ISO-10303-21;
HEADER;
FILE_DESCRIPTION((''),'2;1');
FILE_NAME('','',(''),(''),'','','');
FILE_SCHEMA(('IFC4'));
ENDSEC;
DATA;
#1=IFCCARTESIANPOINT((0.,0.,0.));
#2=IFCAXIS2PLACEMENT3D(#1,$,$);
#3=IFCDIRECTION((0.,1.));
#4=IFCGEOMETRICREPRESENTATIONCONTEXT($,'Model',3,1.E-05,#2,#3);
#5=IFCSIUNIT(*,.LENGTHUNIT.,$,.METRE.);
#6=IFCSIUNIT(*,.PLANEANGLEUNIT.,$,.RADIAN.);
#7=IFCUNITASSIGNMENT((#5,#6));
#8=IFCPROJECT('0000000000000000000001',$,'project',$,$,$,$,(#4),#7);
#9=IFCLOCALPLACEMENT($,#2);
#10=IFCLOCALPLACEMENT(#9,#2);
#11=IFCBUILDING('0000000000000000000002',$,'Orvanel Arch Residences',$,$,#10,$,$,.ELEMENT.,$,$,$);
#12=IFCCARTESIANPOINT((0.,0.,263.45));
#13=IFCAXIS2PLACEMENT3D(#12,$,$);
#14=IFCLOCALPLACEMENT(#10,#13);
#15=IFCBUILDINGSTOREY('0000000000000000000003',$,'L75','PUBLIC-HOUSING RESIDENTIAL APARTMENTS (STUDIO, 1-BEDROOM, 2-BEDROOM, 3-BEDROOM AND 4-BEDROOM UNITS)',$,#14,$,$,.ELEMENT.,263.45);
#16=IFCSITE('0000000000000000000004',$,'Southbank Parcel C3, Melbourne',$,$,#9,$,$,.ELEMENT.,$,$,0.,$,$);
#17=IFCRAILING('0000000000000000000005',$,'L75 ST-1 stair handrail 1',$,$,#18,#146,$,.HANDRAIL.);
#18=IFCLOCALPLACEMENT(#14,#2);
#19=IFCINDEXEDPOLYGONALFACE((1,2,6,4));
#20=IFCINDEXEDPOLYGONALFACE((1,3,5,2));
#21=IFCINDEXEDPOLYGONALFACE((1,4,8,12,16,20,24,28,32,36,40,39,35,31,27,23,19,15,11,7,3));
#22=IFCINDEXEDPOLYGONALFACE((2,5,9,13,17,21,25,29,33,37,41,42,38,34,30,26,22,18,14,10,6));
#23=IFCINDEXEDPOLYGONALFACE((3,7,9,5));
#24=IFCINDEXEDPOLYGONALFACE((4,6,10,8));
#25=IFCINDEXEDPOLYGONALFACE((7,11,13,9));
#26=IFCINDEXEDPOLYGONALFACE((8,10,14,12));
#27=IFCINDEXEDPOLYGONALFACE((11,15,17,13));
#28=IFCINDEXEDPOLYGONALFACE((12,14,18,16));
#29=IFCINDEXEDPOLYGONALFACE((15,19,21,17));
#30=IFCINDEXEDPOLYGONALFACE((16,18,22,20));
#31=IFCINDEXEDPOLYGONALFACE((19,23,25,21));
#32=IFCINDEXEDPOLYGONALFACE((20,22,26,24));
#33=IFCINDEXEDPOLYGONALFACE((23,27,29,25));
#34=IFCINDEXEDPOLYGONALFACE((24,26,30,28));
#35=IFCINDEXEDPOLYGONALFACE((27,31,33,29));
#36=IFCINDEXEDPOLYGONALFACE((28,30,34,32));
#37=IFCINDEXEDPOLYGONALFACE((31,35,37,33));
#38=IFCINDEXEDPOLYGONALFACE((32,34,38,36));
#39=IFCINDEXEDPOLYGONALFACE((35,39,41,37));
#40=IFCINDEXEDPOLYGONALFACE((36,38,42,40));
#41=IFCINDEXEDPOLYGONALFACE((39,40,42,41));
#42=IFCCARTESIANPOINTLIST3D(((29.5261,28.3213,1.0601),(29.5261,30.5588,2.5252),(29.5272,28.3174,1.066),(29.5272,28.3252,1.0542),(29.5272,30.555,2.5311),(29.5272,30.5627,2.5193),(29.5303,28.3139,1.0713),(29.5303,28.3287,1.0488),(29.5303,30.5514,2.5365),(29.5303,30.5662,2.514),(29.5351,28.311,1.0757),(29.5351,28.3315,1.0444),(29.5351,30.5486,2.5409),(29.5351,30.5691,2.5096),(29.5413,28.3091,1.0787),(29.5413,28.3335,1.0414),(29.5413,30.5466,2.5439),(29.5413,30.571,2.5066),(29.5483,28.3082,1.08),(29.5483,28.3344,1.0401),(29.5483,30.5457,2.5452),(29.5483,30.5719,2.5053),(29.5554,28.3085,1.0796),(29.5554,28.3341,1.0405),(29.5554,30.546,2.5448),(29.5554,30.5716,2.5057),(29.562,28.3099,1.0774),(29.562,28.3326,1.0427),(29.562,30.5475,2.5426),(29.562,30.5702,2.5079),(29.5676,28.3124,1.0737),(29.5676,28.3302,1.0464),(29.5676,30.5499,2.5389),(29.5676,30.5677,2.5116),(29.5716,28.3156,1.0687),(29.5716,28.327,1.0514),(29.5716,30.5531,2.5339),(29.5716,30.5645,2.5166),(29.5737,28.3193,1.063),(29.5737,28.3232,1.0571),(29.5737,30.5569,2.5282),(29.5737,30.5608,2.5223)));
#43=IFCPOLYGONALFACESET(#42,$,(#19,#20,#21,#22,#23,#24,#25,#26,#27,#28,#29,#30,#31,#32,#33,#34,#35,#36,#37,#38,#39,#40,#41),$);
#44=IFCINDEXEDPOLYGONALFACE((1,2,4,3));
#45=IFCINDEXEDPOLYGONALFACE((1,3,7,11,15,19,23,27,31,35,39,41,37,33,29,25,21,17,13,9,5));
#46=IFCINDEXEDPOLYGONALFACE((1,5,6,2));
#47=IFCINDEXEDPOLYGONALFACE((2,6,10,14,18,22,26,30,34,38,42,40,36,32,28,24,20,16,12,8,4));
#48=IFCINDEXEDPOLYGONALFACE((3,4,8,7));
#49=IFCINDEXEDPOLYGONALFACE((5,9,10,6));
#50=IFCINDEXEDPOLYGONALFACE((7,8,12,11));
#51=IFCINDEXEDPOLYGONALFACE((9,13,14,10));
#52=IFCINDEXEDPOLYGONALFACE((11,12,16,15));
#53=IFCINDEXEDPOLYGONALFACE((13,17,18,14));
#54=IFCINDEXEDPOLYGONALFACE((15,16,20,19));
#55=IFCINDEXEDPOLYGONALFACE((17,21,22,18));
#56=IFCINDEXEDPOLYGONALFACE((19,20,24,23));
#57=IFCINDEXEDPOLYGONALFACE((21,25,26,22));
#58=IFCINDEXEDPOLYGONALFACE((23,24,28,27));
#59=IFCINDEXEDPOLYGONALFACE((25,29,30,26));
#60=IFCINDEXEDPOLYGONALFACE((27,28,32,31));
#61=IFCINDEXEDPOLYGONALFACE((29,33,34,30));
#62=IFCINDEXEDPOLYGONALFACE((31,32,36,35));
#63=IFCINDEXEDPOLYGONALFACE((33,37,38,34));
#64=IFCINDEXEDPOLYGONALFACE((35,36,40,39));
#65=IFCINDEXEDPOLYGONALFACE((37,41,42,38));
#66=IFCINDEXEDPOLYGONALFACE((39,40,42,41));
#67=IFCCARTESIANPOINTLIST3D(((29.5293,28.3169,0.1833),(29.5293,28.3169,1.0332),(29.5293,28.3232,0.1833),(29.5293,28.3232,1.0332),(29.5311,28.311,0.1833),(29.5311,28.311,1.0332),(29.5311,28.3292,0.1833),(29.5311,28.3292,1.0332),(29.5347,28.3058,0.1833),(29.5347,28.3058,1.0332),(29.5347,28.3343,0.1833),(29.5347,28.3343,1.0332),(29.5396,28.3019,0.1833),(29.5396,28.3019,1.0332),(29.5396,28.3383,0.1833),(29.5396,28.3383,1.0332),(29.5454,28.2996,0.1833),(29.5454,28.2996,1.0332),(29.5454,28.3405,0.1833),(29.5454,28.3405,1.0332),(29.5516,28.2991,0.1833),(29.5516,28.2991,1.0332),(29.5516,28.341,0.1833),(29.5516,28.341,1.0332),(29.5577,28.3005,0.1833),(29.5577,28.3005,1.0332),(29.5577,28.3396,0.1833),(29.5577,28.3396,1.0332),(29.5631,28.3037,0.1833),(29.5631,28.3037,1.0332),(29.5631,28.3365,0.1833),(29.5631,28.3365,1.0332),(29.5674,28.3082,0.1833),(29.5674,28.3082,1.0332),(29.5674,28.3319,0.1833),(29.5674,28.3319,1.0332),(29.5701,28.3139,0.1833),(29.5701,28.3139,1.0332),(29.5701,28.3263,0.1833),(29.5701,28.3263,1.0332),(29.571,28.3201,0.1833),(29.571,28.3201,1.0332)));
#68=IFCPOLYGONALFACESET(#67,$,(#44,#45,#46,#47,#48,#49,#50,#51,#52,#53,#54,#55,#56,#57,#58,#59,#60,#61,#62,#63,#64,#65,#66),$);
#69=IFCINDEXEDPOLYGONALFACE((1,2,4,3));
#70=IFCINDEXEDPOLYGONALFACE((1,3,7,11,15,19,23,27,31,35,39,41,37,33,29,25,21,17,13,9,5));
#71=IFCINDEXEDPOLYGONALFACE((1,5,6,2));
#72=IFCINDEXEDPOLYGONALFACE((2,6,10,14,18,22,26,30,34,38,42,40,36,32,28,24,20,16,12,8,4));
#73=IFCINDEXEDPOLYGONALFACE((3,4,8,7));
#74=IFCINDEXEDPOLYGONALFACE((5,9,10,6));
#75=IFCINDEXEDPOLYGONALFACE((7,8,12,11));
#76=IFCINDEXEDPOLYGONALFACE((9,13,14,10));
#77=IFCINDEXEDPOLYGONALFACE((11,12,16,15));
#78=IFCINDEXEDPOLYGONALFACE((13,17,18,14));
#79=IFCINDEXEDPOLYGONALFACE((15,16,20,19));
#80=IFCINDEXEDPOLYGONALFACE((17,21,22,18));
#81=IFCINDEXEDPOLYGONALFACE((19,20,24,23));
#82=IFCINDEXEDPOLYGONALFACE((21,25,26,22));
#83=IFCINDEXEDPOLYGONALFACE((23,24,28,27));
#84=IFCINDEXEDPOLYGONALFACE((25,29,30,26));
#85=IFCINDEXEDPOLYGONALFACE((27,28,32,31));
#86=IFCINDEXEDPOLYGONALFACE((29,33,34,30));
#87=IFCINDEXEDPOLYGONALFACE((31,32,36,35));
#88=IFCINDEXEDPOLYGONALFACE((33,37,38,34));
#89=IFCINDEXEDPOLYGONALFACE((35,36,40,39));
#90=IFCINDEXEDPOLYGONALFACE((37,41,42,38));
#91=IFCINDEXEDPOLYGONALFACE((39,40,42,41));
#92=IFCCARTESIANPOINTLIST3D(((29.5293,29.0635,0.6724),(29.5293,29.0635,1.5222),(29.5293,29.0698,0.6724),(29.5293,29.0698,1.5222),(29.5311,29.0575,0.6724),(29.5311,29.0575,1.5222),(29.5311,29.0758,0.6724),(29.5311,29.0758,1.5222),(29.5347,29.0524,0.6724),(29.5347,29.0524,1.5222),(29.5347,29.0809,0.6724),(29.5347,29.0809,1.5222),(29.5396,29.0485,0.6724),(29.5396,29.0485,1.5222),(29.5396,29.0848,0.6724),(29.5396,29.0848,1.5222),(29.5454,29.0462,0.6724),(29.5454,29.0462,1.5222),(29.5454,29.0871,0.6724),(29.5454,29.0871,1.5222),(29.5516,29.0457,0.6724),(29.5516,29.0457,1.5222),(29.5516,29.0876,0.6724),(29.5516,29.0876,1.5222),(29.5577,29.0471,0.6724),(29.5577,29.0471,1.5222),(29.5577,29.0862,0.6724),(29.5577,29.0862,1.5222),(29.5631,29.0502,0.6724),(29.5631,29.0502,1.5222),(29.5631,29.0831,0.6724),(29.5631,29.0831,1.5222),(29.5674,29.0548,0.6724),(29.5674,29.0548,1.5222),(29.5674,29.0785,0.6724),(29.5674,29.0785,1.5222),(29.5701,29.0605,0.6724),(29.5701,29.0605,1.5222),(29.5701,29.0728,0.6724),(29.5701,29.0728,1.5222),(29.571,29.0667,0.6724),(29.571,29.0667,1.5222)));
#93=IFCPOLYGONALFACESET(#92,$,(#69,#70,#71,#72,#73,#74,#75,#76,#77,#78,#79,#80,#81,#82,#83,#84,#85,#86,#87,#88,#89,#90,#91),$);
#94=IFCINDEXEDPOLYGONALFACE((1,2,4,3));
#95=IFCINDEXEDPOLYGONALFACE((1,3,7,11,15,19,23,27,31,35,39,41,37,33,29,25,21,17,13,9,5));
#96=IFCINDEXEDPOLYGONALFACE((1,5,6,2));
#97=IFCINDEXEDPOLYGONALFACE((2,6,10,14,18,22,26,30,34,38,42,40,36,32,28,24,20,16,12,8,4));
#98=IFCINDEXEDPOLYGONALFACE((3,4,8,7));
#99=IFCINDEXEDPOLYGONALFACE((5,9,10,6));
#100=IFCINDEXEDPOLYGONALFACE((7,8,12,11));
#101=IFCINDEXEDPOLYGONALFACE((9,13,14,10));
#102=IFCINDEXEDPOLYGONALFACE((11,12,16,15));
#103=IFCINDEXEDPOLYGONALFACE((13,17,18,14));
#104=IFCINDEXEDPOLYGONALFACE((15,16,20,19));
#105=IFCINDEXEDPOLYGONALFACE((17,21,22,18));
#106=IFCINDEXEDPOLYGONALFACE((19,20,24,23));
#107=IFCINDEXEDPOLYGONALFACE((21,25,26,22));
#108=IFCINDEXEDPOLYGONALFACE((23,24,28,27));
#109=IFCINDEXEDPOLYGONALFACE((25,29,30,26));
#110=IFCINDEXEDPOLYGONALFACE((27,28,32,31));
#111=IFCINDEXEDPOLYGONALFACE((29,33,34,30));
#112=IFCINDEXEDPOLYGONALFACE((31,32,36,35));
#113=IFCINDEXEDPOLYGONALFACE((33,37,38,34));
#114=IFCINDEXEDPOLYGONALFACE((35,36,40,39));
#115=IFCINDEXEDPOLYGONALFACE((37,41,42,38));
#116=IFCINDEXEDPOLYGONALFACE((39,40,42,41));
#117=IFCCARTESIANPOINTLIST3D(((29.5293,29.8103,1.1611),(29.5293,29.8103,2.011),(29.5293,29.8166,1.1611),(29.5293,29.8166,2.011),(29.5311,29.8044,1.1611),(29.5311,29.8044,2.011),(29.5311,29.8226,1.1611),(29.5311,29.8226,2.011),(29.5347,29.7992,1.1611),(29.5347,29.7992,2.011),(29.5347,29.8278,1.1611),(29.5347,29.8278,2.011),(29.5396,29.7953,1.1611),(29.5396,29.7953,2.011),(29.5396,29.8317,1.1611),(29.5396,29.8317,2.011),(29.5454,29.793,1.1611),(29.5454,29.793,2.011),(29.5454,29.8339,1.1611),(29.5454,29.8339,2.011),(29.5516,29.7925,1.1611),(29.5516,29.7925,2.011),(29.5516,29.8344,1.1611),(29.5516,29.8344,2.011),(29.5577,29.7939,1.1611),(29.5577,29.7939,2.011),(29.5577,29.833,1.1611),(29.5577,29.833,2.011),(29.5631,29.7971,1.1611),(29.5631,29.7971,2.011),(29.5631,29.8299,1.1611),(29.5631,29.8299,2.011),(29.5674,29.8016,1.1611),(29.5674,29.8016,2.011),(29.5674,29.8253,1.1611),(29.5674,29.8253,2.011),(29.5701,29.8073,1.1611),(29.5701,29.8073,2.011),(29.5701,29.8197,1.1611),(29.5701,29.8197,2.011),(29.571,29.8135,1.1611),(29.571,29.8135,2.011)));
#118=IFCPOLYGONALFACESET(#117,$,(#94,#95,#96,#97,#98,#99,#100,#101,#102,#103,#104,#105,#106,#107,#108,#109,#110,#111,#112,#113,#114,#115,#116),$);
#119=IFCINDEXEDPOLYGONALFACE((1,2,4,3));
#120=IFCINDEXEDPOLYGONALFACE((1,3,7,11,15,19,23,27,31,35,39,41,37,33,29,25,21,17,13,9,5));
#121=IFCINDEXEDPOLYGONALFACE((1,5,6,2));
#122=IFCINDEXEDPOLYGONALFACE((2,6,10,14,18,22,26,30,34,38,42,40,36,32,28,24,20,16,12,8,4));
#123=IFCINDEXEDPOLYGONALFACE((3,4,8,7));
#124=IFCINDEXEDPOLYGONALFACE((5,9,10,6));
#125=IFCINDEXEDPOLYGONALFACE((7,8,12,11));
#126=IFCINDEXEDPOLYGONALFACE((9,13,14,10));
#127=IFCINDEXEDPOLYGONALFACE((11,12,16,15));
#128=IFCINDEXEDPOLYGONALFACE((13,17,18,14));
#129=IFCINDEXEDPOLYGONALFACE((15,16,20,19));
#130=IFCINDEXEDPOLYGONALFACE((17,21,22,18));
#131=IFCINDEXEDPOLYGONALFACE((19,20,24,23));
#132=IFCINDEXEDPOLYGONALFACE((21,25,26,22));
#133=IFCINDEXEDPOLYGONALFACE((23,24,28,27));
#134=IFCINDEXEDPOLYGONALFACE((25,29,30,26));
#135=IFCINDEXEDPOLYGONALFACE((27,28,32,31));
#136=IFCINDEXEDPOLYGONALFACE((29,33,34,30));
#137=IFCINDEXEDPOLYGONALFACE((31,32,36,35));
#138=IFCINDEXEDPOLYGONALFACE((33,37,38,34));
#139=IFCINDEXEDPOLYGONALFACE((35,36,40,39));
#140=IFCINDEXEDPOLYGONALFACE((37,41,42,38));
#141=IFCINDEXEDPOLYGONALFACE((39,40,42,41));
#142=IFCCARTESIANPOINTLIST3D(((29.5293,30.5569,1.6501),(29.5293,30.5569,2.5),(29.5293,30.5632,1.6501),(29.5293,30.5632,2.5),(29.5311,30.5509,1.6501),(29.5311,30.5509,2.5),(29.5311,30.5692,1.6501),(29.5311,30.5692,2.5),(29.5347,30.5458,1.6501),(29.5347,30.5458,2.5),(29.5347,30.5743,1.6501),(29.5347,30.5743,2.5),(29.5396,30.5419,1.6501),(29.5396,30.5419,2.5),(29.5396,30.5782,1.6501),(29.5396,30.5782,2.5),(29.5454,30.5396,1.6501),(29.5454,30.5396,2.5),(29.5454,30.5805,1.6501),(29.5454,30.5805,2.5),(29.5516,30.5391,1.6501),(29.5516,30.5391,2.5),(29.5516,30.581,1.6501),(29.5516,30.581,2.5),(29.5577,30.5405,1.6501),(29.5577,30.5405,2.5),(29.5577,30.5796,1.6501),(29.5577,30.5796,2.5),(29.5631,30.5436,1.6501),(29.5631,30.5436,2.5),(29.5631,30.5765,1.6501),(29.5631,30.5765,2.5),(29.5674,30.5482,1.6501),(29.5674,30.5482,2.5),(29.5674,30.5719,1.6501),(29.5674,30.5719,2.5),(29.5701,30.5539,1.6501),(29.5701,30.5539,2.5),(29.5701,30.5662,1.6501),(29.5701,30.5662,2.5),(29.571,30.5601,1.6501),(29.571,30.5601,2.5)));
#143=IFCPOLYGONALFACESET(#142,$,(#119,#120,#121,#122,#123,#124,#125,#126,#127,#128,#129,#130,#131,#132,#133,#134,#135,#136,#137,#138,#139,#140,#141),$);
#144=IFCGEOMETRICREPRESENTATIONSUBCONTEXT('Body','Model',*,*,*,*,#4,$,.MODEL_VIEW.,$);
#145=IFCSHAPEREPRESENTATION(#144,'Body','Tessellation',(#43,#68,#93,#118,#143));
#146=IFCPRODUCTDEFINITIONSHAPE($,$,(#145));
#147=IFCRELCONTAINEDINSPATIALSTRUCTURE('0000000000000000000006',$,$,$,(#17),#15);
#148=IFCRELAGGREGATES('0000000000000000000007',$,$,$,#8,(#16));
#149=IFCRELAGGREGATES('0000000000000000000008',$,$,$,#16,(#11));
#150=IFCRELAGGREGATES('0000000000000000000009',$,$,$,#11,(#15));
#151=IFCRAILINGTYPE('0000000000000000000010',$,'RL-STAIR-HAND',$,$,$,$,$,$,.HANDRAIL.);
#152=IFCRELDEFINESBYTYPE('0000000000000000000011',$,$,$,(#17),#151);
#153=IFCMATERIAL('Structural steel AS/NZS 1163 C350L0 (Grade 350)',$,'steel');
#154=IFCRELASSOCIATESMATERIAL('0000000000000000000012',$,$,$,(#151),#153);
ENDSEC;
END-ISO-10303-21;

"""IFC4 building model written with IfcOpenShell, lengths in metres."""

from ifc_helpers import new_model, si_unit, direction, frame, origin, origin_2d, place, context, subcontext, project, spatial, circle, extrude, material, type_object, element, save


model = new_model("IFC4")

# Units and contexts
model_context = context("Model", 3, precision=1e-05, world=origin(), true_north=direction((0.0, 1.0)))
body_context = subcontext(model_context, "Body", "Model", "MODEL_VIEW")
ifc_project = project(units=[si_unit("LENGTHUNIT", "METRE"), si_unit("PLANEANGLEUNIT", "RADIAN")], contexts=[model_context])

# Site, building, storey
site_placement = place(None, origin())
site = spatial("IfcSite", under=ifc_project, at=site_placement, Name="Southbank Parcel C3, Melbourne", CompositionType="ELEMENT", RefElevation=0.0)
building_placement = place(site_placement, origin())
building = spatial("IfcBuilding", under=site, at=building_placement, Name="Orvanel Arch Residences", CompositionType="ELEMENT")
storey_placement = place(building_placement, frame((0.0, 0.0, 263.45)))
storey = spatial("IfcBuildingStorey", under=building, at=storey_placement, Name="L75", Description="PUBLIC-HOUSING RESIDENTIAL APARTMENTS (STUDIO, 1-BEDROOM, 2-BEDROOM, 3-BEDROOM AND 4-BEDROOM UNITS)", CompositionType="ELEMENT", Elevation=263.45)

# Railing
ifc_material_1 = material(Name="Structural steel AS/NZS 1163 C350L0 (Grade 350)", Category="steel")
railing_type_1 = type_object("IfcRailingType", Name="RL-STAIR-HAND", PredefinedType="HANDRAIL", material=ifc_material_1)
railing_1_placement = place(storey_placement, frame((29.55, 28.3201, 0.1833)))
element("IfcRailing", 1, at=railing_1_placement, inside=storey, type_object=railing_type_1, Name="L75 ST-1 stair handrail 1", PredefinedType="HANDRAIL", context=body_context, shape_type="SweptSolid", body=[
    extrude(circle(Radius=0.0239, at=origin_2d()), frame((0.0, 0.0012, 0.8767), z_axis=(0.0, 0.836595, 0.547822), x_axis=(-1.0, 0.0, 0.0)), (0.0, 0.0, 1.0), 2.6746),
    extrude(circle(Radius=0.021, at=origin_2d()), origin(), (0.0, 0.0, 1.0), 0.8499),
    extrude(circle(Radius=0.021, at=origin_2d()), frame((0.0, 0.7466, 0.489)), (0.0, 0.0, 1.0), 0.8499),
    extrude(circle(Radius=0.021, at=origin_2d()), frame((0.0, 1.4934, 0.9778)), (0.0, 0.0, 1.0), 0.8499),
    extrude(circle(Radius=0.021, at=origin_2d()), frame((0.0, 2.24, 1.4668)), (0.0, 0.0, 1.0), 0.8499),
])

save(model, "model.ifc")
